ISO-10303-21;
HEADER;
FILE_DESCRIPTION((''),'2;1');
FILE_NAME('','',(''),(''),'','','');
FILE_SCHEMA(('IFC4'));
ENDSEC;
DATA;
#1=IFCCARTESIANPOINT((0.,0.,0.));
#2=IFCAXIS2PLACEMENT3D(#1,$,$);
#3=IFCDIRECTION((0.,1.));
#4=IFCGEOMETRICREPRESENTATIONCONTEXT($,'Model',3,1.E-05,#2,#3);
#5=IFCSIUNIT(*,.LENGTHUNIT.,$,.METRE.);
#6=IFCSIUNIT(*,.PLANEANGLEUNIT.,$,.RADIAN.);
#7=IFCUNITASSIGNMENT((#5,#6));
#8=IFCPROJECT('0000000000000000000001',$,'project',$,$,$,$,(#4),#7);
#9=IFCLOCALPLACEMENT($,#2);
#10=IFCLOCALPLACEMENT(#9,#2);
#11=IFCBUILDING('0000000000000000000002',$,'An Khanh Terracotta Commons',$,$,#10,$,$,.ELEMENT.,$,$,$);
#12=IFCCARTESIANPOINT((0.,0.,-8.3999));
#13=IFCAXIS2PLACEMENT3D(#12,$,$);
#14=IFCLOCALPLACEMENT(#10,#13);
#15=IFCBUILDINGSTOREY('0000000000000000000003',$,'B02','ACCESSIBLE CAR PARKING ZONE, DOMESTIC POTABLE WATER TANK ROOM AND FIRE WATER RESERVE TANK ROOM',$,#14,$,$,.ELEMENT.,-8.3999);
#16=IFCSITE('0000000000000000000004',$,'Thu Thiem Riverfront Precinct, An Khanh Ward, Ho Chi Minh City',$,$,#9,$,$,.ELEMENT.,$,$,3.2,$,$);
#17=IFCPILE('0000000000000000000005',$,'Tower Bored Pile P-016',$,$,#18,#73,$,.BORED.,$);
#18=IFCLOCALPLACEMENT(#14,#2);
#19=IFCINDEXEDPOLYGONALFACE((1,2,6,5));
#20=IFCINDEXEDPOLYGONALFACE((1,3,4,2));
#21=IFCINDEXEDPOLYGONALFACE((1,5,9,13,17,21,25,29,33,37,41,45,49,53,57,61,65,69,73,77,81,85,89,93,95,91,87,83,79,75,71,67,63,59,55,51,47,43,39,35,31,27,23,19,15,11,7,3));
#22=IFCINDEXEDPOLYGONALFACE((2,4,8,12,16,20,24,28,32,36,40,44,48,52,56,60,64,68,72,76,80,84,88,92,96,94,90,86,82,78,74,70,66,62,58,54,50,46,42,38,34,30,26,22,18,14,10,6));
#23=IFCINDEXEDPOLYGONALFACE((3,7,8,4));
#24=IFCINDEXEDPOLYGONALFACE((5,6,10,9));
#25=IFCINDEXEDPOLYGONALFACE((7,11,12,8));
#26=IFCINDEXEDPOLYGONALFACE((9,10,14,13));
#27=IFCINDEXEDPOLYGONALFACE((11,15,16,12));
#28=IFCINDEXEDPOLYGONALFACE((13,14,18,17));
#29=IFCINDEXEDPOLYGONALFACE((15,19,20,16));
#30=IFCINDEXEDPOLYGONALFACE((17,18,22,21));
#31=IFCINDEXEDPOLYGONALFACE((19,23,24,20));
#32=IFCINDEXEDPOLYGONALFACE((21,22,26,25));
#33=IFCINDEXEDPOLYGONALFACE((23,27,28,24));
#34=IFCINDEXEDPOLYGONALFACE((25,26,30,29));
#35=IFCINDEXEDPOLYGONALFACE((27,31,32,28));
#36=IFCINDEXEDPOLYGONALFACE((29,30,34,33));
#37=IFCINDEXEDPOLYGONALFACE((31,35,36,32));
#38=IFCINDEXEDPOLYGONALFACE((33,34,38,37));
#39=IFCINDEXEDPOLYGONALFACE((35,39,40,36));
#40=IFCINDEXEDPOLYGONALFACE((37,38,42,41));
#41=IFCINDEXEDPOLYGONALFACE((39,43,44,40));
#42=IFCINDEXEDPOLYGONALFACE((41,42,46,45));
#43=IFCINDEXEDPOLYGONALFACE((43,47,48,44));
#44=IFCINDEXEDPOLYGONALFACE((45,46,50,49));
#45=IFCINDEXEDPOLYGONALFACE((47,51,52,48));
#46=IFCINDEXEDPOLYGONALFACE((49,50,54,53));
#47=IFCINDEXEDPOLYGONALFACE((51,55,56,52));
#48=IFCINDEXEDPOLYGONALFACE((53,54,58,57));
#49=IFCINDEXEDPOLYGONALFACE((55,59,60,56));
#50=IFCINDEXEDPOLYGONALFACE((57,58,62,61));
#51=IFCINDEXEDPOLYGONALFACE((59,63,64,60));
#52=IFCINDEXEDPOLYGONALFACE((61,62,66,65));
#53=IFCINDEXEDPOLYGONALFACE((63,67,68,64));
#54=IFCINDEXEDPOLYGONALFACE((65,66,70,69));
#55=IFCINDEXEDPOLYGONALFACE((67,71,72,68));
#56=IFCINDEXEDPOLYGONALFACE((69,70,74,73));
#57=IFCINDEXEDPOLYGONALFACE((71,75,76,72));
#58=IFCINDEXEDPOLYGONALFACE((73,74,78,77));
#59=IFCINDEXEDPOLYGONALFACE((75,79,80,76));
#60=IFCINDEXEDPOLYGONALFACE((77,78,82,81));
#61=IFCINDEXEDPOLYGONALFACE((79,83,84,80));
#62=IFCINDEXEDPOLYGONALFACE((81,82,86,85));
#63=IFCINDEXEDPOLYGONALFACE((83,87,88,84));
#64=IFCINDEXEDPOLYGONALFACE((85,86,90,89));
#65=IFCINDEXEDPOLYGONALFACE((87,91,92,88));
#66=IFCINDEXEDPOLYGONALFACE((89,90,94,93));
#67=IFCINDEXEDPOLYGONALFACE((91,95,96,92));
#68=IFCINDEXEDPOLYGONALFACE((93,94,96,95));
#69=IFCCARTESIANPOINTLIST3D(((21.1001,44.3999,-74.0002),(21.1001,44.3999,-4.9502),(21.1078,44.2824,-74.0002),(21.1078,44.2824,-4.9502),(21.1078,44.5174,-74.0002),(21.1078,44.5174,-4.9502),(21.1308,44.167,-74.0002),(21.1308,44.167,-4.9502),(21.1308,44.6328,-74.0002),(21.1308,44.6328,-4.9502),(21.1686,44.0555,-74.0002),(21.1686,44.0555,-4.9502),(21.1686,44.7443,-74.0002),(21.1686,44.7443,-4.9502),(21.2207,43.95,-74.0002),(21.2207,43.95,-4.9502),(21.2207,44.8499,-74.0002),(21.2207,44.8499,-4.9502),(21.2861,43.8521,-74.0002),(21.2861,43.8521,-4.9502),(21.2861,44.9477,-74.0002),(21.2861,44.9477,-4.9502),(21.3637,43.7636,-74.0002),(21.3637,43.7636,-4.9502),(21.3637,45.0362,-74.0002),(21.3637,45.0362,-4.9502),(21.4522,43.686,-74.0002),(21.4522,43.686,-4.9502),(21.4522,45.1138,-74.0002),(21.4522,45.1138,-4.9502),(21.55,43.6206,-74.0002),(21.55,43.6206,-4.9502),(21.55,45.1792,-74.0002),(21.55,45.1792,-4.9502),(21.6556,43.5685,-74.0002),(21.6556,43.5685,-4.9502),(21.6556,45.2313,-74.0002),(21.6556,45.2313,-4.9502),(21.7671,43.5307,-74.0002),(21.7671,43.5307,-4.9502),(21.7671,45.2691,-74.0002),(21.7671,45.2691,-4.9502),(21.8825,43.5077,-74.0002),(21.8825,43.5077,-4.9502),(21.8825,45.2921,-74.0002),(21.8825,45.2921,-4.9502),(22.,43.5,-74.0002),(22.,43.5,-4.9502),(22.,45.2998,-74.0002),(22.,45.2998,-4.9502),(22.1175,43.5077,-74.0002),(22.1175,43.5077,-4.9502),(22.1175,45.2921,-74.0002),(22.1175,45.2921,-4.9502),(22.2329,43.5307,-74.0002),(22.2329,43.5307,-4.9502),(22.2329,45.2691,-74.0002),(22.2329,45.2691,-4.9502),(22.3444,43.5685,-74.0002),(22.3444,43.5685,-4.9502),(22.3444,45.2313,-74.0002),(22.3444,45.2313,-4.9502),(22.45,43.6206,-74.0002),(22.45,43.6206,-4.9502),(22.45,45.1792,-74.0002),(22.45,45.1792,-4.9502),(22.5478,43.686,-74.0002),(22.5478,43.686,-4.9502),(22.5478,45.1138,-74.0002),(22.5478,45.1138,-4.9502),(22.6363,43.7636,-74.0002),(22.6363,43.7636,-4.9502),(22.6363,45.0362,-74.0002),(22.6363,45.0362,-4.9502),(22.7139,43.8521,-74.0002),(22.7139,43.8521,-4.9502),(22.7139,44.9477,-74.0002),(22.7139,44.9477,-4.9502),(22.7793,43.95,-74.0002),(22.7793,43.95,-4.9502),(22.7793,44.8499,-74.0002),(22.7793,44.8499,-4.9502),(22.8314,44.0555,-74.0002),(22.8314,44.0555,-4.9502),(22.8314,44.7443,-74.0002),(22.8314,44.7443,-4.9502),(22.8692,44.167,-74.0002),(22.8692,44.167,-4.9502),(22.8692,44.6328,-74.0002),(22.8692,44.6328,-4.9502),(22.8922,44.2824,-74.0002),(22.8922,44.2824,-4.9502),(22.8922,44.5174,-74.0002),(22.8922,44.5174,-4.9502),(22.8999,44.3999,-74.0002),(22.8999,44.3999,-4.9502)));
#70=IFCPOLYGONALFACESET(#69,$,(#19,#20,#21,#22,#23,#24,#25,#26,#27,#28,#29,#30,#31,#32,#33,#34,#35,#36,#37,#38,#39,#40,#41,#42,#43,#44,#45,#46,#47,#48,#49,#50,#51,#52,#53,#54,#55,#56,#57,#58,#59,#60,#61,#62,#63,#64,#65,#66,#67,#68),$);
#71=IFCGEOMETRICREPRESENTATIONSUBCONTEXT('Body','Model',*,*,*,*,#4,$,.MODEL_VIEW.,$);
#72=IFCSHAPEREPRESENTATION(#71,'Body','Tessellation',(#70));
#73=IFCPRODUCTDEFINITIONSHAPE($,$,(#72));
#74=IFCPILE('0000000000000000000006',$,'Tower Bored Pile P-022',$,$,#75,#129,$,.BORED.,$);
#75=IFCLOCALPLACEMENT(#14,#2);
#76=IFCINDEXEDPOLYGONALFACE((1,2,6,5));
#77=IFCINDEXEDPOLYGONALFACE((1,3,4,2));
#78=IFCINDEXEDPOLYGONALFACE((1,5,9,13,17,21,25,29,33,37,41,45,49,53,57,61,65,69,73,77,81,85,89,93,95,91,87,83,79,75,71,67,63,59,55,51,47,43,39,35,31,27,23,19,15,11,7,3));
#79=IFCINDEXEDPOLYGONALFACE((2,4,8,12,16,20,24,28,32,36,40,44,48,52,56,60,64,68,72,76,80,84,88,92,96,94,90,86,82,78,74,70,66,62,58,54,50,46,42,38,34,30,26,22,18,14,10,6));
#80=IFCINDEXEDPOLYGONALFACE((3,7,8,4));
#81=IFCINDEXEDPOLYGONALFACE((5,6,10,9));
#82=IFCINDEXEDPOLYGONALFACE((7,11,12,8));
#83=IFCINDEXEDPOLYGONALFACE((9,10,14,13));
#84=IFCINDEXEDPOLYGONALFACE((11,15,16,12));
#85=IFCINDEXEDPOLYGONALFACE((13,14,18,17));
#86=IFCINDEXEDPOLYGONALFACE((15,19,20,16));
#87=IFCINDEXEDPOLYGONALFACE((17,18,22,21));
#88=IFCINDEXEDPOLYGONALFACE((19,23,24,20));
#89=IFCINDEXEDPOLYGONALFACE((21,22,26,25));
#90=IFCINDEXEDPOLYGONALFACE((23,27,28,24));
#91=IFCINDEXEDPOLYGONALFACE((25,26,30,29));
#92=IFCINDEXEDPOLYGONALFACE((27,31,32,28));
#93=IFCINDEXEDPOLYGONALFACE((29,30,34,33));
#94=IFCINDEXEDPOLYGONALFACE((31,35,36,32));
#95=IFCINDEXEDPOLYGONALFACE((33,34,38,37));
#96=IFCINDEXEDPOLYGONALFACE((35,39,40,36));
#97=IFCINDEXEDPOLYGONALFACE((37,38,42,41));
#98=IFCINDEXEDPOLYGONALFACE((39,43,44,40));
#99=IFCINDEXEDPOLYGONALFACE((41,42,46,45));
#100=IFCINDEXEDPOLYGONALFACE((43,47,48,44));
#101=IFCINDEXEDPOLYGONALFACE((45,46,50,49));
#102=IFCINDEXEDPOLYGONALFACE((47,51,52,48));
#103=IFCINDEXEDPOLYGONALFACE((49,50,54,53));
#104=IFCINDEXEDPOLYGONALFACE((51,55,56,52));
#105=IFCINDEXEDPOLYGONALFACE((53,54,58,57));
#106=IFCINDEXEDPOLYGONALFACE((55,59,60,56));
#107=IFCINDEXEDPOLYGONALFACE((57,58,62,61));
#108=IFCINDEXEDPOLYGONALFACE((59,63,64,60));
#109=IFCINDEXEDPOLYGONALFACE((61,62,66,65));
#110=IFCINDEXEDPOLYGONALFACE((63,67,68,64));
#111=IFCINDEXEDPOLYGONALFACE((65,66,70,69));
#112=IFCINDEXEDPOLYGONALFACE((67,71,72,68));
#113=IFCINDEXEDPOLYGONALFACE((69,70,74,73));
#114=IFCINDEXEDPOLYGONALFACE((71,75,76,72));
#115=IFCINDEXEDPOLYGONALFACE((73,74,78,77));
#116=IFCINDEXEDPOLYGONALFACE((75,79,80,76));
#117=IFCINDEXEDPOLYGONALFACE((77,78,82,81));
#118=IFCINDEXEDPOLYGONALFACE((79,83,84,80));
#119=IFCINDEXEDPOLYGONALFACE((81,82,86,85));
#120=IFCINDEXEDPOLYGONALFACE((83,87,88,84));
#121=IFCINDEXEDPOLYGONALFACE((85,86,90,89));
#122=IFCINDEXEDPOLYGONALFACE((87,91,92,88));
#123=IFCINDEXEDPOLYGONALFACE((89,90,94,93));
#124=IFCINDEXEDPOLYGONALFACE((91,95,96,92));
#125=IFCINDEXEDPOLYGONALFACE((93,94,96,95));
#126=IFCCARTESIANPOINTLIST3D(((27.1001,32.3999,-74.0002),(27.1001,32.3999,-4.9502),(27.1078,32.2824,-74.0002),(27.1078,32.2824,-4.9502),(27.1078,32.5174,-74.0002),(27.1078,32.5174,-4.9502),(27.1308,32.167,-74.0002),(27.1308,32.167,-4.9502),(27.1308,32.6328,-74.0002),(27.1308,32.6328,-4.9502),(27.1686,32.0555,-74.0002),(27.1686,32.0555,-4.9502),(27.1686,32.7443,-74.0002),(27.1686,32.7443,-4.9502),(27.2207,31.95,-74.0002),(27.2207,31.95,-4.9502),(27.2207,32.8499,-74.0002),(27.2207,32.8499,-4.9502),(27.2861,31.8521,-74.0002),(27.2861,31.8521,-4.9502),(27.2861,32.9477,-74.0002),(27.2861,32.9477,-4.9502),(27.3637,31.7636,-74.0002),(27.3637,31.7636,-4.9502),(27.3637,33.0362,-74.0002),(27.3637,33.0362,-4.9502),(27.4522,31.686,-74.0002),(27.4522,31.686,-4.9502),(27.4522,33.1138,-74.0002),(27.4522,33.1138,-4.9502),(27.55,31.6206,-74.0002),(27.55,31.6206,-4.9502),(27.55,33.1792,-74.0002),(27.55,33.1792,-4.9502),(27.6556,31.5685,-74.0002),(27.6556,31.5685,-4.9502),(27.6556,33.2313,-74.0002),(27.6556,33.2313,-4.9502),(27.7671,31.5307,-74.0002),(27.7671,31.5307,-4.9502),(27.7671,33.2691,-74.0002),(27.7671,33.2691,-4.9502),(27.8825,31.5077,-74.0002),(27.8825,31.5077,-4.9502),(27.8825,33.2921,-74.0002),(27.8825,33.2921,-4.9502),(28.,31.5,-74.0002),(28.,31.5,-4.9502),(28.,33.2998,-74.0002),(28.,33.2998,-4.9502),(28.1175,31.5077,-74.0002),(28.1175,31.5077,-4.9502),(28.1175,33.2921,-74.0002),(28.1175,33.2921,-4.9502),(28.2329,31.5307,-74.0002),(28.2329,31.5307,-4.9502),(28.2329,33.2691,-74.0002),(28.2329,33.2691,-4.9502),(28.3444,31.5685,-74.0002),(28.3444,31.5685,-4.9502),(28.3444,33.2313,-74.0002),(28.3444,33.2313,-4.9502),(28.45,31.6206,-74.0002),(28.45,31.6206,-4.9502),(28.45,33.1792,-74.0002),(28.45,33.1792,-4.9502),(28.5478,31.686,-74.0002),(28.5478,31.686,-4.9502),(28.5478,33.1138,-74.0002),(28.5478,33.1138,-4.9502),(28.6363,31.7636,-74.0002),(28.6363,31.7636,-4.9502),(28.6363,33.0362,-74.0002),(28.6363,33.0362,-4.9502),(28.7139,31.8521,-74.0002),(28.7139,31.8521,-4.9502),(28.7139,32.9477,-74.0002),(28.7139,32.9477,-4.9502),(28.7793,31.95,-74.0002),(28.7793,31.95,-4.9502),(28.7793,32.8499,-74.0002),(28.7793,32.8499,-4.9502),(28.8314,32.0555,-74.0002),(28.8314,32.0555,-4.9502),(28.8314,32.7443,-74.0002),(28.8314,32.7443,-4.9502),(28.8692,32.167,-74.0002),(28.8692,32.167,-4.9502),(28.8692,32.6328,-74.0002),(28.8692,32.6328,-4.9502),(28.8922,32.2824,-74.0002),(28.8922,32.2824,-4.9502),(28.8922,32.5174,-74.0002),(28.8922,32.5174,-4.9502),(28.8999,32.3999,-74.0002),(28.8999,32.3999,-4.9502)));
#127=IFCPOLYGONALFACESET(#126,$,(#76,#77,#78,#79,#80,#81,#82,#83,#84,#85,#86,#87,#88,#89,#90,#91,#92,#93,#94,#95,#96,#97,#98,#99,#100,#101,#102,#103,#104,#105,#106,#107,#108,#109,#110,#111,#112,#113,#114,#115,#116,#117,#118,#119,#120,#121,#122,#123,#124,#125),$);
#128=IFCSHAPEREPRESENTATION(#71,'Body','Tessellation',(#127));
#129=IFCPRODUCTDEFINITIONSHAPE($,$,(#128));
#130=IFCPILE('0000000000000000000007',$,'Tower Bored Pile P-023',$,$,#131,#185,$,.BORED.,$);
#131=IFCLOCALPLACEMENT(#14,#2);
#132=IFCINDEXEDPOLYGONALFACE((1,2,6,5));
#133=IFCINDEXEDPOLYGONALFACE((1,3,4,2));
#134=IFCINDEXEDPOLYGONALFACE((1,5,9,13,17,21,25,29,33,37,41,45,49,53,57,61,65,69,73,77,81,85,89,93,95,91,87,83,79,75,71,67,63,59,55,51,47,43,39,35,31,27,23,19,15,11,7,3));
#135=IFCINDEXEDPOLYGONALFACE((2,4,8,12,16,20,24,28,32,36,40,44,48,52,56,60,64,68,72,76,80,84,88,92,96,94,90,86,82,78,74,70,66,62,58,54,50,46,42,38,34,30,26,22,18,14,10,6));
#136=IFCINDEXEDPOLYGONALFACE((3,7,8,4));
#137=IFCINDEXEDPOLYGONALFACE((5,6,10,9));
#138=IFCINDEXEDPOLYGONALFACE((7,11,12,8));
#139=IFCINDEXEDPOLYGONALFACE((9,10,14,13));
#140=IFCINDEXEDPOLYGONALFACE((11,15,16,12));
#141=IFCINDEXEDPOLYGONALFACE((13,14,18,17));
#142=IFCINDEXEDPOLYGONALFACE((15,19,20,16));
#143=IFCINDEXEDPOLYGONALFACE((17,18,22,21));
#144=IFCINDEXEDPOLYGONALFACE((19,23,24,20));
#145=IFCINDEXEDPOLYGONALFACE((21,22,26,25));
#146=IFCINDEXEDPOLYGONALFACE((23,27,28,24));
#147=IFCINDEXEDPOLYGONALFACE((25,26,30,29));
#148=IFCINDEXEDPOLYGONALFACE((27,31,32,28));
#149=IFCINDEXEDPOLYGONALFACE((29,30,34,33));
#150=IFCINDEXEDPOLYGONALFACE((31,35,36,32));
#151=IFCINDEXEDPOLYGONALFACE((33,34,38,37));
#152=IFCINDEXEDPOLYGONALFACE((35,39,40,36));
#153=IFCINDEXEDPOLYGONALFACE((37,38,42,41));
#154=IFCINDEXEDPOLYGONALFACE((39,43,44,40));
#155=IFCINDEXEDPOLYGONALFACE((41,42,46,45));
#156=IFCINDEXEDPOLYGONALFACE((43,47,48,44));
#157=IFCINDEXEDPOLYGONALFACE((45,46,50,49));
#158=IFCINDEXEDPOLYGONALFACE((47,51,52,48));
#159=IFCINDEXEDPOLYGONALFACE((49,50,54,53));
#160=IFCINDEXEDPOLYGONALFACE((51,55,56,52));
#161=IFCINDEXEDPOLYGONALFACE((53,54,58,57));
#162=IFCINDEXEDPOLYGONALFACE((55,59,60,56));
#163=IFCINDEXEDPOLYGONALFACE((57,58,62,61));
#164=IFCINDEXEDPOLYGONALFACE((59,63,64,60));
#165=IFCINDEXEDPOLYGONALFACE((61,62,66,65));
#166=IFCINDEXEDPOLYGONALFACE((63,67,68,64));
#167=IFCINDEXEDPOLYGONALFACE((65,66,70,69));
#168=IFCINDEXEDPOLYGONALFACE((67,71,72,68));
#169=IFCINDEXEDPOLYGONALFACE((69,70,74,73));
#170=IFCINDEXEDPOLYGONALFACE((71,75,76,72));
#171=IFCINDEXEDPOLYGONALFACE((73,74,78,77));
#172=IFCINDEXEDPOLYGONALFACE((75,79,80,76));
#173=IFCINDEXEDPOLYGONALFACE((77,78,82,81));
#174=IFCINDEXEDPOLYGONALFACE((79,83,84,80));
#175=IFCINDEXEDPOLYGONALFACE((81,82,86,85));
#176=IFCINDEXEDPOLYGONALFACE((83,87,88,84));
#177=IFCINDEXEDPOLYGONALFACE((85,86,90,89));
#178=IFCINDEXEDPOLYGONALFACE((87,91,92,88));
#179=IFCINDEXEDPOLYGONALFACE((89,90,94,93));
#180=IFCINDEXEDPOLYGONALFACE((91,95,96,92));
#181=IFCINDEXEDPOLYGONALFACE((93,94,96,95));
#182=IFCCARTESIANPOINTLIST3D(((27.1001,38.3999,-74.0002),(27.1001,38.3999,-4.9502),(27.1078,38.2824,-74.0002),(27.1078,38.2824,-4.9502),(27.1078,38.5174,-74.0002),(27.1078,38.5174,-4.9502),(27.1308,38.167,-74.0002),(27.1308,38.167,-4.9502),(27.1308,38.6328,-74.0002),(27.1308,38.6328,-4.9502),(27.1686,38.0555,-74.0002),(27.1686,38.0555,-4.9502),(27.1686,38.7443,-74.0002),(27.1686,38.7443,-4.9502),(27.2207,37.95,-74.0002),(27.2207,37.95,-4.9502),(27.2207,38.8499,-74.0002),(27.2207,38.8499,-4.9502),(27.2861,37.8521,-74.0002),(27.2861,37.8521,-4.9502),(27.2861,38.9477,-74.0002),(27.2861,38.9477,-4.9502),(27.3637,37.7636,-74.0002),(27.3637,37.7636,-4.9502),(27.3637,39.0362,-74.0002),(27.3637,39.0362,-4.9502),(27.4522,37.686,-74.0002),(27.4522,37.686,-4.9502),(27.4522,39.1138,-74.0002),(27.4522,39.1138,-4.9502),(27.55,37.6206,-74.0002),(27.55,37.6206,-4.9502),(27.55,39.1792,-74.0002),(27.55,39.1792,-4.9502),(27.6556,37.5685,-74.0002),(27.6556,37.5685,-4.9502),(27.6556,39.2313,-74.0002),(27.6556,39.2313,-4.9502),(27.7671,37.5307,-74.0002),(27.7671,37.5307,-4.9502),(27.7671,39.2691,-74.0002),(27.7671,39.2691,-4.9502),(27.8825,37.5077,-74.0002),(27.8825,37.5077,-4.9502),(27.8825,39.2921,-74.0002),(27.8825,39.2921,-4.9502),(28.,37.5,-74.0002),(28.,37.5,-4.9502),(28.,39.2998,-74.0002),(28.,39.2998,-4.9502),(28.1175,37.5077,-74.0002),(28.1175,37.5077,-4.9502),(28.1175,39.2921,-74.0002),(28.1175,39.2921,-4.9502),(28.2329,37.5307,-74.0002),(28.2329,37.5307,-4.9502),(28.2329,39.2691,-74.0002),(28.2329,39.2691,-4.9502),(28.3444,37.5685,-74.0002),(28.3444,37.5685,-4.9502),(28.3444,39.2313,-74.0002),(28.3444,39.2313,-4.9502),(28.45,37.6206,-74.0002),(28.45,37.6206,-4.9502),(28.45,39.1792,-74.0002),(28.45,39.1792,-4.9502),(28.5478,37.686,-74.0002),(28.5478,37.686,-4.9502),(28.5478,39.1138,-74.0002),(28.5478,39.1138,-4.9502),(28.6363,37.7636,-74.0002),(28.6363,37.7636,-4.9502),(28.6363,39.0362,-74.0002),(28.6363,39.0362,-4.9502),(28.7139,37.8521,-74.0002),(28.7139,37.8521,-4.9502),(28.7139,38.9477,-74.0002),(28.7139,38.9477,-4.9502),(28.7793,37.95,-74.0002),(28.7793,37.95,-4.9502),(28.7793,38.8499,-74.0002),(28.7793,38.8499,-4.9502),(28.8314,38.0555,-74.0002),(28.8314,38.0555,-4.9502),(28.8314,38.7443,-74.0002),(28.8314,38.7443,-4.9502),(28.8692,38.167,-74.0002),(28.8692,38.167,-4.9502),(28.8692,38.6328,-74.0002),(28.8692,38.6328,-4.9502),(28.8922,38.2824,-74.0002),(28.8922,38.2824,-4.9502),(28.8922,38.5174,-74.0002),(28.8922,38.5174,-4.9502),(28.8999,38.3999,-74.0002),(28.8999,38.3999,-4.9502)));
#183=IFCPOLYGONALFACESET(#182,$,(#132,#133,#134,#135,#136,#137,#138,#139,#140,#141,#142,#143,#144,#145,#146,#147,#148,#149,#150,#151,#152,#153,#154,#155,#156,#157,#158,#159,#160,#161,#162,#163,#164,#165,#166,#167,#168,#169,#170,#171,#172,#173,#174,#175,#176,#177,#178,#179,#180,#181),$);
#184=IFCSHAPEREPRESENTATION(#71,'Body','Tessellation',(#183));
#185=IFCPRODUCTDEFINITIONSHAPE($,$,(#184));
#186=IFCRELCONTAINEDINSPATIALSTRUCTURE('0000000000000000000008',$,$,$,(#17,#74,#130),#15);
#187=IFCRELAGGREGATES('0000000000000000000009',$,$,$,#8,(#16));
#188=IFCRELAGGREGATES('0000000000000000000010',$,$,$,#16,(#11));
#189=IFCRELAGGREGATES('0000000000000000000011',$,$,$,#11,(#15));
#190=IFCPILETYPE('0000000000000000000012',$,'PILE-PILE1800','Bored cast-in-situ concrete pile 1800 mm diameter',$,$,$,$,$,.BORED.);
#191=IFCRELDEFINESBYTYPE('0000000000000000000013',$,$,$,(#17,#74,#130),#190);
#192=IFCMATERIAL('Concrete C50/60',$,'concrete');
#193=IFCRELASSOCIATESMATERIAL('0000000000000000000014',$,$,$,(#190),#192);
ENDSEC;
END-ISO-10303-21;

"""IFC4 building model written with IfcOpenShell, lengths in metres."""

from ifc_helpers import new_model, si_unit, direction, frame, origin, origin_2d, place, context, subcontext, project, spatial, circle, extrude, material, material_profile, profile_set, type_object, element, save


model = new_model("IFC4")

# Units and contexts
model_context = context("Model", 3, precision=1e-05, world=origin(), true_north=direction((0.0, 1.0)))
body_context = subcontext(model_context, "Body", "Model", "MODEL_VIEW")
ifc_project = project(units=[si_unit("LENGTHUNIT", "METRE"), si_unit("PLANEANGLEUNIT", "RADIAN")], contexts=[model_context])

# Site, building, storey
site_placement = place(None, origin())
site = spatial("IfcSite", under=ifc_project, at=site_placement, Name="Thu Thiem Riverfront Precinct, An Khanh Ward, Ho Chi Minh City", CompositionType="ELEMENT", RefElevation=3.2)
building_placement = place(site_placement, origin())
building = spatial("IfcBuilding", under=site, at=building_placement, Name="An Khanh Terracotta Commons", CompositionType="ELEMENT")
storey_placement = place(building_placement, frame((0.0, 0.0, -8.3999)))
storey = spatial("IfcBuildingStorey", under=building, at=storey_placement, Name="B02", Description="ACCESSIBLE CAR PARKING ZONE, DOMESTIC POTABLE WATER TANK ROOM AND FIRE WATER RESERVE TANK ROOM", CompositionType="ELEMENT", Elevation=-8.3999)

# Shared definitions
ifc_material_1 = material(Name="Concrete C50/60", Category="concrete")

# Piles
ifc_material_profile_1 = material_profile(ifc_material_1, circle(Radius=0.8999, at=origin_2d()), Name="PILE1800")
ifc_profile_set_1 = profile_set([ifc_material_profile_1], Name="Concrete C50/60")
pile_type = type_object("IfcPileType", Name="PILE-PILE1800", Description="Bored cast-in-situ concrete pile 1800 mm diameter", PredefinedType="BORED", material=ifc_profile_set_1)
for number, where, z_axis, x_axis, name in (
    (1, (22.0, 44.3999, -4.9502), (0.0, 0.0, -1.0), (1.0, 0.0, 0.0), "Tower Bored Pile P-016"),
    (2, (28.0, 32.3999, -4.9502), (0.0, 0.0, -1.0), (1.0, 0.0, 0.0), "Tower Bored Pile P-022"),
    (3, (28.0, 38.3999, -4.9502), (0.0, 0.0, -1.0), (1.0, 0.0, 0.0), "Tower Bored Pile P-023"),
):
    element("IfcPile", number, at=place(storey_placement, frame(where, z_axis=z_axis, x_axis=x_axis)), inside=storey, type_object=pile_type, Name=name, PredefinedType="BORED", context=body_context, shape_type="SweptSolid", body=[
        extrude(circle(Radius=0.8999, at=origin_2d()), origin(), (0.0, 0.0, 1.0), 69.05),
    ])

save(model, "model.ifc")
